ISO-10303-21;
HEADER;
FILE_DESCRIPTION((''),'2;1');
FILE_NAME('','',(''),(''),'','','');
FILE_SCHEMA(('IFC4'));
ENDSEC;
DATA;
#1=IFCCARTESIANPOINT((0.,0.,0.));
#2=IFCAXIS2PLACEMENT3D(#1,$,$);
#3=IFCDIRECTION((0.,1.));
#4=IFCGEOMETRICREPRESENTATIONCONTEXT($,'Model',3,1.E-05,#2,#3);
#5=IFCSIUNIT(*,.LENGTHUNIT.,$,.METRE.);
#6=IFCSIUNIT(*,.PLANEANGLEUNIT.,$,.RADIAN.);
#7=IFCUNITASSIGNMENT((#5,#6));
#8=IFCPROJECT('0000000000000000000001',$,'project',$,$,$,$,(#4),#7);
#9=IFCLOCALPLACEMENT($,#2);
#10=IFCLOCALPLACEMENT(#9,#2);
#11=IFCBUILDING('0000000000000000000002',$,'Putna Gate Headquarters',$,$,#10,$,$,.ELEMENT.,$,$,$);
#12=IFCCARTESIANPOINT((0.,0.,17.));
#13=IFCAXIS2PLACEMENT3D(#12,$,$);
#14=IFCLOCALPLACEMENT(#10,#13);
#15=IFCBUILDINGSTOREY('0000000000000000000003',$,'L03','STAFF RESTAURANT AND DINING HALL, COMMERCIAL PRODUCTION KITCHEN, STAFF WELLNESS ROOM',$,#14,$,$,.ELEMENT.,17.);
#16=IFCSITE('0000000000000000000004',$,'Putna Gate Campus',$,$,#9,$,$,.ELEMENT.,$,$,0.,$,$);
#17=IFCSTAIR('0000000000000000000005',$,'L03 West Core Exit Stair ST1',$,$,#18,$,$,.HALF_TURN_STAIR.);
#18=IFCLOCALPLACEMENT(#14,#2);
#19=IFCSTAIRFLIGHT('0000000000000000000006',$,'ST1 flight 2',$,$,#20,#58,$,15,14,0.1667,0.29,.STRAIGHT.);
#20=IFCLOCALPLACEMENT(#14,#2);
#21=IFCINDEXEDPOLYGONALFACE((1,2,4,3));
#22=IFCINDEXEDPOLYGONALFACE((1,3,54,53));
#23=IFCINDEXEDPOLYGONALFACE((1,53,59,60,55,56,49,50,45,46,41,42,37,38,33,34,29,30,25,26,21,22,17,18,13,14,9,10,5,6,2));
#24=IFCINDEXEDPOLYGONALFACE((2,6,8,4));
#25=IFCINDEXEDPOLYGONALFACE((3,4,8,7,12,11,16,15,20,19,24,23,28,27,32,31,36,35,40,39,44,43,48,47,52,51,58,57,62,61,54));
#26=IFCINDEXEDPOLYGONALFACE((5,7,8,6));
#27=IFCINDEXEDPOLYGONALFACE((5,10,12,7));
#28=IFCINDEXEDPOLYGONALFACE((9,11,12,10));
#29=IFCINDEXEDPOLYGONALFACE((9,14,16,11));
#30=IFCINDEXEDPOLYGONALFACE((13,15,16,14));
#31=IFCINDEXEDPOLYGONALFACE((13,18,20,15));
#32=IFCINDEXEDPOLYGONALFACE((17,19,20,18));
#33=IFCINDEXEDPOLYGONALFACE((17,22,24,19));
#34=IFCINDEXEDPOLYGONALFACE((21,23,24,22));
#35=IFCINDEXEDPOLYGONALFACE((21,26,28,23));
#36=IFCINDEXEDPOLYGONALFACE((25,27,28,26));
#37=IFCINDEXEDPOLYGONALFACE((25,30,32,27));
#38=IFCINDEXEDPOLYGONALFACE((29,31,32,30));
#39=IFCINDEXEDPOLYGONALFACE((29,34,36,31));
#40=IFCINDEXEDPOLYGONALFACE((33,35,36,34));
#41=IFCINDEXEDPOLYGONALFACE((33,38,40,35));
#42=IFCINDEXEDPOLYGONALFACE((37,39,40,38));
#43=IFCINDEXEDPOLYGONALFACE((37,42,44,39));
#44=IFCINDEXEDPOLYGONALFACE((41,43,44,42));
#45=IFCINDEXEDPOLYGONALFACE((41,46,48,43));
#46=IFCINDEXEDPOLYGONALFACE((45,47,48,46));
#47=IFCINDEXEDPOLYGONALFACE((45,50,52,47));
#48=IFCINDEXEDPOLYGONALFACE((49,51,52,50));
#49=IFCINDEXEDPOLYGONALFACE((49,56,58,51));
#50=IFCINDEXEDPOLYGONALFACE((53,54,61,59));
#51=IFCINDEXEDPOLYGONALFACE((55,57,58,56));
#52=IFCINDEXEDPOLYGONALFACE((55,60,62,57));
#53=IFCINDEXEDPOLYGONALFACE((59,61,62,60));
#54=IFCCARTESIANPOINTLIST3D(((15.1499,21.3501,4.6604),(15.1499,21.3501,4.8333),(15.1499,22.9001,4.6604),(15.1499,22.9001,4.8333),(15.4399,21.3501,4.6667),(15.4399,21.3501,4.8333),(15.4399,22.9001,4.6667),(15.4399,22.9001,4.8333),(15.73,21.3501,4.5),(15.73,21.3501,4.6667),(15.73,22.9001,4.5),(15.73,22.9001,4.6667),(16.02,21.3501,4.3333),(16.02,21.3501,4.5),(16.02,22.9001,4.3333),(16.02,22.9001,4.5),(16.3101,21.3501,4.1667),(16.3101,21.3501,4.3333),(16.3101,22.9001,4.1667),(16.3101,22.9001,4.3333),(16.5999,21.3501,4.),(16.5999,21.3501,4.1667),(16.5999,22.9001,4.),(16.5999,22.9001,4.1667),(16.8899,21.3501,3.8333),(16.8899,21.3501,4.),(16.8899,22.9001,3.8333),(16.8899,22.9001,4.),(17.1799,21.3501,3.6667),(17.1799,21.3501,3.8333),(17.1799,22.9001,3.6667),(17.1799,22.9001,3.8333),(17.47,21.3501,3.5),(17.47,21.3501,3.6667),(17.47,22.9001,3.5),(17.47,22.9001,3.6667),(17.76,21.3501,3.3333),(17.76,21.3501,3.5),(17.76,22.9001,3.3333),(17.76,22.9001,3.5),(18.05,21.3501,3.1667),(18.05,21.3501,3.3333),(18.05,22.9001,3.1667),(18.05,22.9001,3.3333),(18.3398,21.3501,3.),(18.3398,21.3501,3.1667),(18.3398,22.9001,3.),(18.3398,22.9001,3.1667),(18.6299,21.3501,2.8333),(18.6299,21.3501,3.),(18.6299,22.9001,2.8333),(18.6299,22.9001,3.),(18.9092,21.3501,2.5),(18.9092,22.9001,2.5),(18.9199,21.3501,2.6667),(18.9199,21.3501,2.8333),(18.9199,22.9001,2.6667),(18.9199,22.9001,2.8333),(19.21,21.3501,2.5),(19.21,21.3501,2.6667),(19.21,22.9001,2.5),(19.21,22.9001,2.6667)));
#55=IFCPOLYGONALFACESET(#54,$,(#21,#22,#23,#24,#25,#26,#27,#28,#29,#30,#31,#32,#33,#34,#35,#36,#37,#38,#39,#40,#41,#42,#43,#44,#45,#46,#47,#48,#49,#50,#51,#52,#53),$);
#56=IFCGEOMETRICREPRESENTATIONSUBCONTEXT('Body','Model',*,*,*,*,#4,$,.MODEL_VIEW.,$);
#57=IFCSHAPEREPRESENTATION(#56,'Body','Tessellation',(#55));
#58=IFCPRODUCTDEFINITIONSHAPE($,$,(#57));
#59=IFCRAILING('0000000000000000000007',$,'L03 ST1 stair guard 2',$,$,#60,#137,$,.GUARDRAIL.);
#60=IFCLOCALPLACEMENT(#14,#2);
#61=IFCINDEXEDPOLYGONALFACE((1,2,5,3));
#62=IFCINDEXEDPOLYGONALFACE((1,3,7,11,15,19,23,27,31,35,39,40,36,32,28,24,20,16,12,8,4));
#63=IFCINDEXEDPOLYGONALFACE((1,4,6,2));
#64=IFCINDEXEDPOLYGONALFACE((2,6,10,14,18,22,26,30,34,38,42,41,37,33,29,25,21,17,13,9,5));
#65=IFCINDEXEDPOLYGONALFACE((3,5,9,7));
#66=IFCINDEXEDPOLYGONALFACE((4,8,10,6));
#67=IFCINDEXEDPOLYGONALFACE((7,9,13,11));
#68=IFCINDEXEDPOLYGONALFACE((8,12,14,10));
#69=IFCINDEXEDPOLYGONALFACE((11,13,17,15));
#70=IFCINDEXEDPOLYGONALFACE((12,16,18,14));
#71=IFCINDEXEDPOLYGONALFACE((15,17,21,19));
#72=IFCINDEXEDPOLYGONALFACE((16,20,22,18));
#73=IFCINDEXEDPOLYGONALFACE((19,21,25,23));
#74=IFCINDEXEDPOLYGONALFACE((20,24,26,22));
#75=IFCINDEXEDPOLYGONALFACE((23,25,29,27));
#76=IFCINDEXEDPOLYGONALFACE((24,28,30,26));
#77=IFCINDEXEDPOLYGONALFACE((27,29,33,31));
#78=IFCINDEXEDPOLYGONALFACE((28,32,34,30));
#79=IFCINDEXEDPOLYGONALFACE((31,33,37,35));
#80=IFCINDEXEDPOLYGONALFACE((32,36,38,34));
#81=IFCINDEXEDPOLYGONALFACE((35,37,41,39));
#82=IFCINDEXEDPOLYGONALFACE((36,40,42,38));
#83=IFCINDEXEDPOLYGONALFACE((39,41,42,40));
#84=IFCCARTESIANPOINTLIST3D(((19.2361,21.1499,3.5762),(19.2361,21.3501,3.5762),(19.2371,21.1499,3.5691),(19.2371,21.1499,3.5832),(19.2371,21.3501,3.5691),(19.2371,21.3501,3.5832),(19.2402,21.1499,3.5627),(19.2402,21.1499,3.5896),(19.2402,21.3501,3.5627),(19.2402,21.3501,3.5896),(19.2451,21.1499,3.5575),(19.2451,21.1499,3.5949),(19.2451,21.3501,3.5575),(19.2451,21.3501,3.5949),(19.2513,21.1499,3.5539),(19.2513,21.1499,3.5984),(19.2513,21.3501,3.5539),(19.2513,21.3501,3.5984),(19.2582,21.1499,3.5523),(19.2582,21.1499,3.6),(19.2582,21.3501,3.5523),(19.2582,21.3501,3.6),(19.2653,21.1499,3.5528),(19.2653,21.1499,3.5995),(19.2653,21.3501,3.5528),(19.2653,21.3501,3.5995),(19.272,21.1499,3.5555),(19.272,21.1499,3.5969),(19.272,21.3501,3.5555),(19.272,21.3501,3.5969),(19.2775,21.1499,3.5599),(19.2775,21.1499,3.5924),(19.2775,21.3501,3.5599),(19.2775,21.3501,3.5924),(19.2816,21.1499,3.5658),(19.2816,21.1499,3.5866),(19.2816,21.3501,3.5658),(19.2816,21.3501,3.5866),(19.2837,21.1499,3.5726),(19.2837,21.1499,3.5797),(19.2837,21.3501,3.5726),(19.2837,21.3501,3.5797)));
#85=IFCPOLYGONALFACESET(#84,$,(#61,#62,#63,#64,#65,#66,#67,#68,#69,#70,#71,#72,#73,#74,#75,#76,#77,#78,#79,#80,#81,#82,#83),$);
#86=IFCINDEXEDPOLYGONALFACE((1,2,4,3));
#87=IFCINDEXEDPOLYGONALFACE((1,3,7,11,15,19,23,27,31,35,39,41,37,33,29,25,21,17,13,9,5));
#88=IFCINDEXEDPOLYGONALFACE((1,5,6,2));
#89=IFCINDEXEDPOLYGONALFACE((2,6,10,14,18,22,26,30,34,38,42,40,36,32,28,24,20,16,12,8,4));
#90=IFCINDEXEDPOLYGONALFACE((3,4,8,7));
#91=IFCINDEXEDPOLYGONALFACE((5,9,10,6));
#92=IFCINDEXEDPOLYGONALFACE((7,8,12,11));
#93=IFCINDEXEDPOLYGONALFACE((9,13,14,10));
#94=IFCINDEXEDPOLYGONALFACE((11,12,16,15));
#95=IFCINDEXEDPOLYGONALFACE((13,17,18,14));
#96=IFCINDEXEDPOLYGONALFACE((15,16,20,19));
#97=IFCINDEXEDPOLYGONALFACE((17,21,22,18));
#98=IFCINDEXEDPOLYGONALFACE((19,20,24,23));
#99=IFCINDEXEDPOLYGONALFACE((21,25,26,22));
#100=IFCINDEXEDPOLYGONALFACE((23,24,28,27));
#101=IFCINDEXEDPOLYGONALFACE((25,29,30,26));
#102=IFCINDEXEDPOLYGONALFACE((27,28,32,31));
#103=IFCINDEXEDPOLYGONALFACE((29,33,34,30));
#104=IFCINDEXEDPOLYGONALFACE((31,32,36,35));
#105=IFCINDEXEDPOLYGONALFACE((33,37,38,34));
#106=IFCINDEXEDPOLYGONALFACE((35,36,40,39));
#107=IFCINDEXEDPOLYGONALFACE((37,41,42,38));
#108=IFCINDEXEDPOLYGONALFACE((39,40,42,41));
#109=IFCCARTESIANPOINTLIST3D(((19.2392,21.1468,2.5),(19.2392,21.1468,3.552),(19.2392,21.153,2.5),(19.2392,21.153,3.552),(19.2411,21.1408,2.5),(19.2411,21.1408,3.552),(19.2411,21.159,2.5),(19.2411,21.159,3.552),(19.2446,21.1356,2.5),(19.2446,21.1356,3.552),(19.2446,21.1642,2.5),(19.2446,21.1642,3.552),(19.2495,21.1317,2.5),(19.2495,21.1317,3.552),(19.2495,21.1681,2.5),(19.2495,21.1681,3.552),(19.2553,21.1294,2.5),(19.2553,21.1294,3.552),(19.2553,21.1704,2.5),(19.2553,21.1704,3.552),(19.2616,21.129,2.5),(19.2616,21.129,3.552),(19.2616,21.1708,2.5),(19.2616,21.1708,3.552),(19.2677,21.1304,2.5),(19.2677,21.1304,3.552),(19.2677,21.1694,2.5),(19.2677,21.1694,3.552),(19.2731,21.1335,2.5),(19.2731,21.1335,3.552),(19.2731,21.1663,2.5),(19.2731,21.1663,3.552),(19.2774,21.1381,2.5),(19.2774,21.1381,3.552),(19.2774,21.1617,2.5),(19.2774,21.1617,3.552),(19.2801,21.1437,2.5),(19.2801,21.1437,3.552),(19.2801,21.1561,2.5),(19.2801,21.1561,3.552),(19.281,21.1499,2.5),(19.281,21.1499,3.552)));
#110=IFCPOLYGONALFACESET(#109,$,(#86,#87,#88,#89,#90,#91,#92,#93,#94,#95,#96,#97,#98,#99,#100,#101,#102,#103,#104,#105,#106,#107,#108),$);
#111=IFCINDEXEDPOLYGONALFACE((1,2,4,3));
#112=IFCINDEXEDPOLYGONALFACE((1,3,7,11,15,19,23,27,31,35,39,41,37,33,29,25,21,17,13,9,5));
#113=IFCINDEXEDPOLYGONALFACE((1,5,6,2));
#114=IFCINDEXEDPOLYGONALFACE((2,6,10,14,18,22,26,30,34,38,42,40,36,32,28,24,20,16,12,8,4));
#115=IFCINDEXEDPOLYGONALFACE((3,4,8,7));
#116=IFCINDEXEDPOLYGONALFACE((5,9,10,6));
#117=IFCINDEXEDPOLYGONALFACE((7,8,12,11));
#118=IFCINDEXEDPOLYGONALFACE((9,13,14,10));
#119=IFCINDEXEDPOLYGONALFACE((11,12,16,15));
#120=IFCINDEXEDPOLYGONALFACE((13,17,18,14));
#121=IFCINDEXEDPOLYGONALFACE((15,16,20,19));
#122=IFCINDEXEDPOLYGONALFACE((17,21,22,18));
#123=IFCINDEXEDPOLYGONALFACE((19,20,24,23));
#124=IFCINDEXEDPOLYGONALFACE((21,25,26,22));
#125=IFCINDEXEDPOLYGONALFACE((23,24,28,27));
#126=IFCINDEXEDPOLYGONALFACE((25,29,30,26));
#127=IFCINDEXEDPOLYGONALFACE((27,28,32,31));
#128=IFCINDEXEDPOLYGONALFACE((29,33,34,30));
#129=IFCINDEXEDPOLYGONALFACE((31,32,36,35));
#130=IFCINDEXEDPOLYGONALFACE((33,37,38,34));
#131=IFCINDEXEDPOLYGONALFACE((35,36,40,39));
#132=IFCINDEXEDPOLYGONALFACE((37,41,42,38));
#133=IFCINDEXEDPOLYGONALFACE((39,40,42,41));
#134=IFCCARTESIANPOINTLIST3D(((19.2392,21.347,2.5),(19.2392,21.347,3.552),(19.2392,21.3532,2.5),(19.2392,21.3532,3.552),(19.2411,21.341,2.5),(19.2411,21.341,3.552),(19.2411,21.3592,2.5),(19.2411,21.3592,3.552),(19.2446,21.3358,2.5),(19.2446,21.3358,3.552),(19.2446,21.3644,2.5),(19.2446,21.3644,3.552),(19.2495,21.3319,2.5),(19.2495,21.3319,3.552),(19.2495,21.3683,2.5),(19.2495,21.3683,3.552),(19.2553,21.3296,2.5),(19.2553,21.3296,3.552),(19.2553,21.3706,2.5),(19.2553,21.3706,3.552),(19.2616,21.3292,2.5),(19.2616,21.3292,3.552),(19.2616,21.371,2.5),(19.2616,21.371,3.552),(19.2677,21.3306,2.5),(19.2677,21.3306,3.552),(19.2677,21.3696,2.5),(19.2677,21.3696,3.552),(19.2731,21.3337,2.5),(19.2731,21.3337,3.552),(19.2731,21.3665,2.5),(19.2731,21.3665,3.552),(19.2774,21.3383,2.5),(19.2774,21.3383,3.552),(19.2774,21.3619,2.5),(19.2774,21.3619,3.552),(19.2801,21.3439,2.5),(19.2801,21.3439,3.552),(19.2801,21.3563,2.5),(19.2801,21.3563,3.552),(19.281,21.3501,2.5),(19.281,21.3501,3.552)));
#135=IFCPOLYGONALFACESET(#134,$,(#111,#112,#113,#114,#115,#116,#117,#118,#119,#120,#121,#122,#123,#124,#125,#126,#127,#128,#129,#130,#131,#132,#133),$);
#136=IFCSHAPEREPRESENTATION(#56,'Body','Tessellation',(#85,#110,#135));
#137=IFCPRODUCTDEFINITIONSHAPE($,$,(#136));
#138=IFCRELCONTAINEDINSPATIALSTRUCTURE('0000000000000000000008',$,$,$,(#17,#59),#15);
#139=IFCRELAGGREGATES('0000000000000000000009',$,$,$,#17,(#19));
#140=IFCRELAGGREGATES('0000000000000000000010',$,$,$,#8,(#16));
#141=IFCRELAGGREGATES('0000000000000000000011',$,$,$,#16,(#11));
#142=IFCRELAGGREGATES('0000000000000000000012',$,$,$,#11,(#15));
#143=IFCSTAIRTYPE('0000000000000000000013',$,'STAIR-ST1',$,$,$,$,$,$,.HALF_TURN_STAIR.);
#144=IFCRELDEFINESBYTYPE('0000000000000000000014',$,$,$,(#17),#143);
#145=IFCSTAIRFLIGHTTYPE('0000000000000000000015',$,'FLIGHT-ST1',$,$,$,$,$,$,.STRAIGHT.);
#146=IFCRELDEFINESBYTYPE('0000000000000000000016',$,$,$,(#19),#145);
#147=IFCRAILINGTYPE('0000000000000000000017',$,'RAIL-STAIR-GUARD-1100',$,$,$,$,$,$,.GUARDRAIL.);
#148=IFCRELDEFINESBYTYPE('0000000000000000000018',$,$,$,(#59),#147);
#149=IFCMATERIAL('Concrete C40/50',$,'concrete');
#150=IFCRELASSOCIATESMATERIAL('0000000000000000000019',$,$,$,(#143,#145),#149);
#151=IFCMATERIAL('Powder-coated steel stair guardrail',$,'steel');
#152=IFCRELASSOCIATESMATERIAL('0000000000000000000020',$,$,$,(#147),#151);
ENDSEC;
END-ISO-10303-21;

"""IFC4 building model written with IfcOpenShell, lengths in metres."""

from ifc_helpers import new_model, si_unit, direction, frame, origin, origin_2d, place, context, subcontext, project, spatial, polyline, circle, outline, extrude, material, type_object, element, aggregate, save


model = new_model("IFC4")

# Units and contexts
model_context = context("Model", 3, precision=1e-05, world=origin(), true_north=direction((0.0, 1.0)))
body_context = subcontext(model_context, "Body", "Model", "MODEL_VIEW")
ifc_project = project(units=[si_unit("LENGTHUNIT", "METRE"), si_unit("PLANEANGLEUNIT", "RADIAN")], contexts=[model_context])

# Site, building, storey
site_placement = place(None, origin())
site = spatial("IfcSite", under=ifc_project, at=site_placement, Name="Putna Gate Campus", CompositionType="ELEMENT", RefElevation=0.0)
building_placement = place(site_placement, origin())
building = spatial("IfcBuilding", under=site, at=building_placement, Name="Putna Gate Headquarters", CompositionType="ELEMENT")
storey_placement = place(building_placement, frame((0.0, 0.0, 17.0)))
storey = spatial("IfcBuildingStorey", under=building, at=storey_placement, Name="L03", Description="STAFF RESTAURANT AND DINING HALL, COMMERCIAL PRODUCTION KITCHEN, STAFF WELLNESS ROOM", CompositionType="ELEMENT", Elevation=17.0)

# Shared definitions
ifc_material_1 = material(Name="Concrete C40/50", Category="concrete")

# Stair, stair flight
stair_type = type_object("IfcStairType", Name="STAIR-ST1", PredefinedType="HALF_TURN_STAIR", material=ifc_material_1)
stair_placement = place(storey_placement, origin())
stair = element("IfcStair", 1, at=stair_placement, inside=storey, type_object=stair_type, Name="L03 West Core Exit Stair ST1", PredefinedType="HALF_TURN_STAIR")
stair_flight_type = type_object("IfcStairFlightType", Name="FLIGHT-ST1", PredefinedType="STRAIGHT", material=ifc_material_1)
stair_flight_placement = place(storey_placement, frame((19.21, 22.125, 2.5), z_axis=(0.0, 0.0, 1.0), x_axis=(-1.0, 0.0, 0.0)))
stair_flight = element("IfcStairFlight", 2, at=stair_flight_placement, type_object=stair_flight_type, Name="ST1 flight 2", NumberOfRisers=15, NumberOfTreads=14, PredefinedType="STRAIGHT", RiserHeight=0.1667, TreadLength=0.29, context=body_context, shape_type="SweptSolid", body=[
    extrude(outline(polyline([(0.0, 0.0), (0.0, 0.1667), (0.29, 0.1667), (0.29, 0.3333), (0.5801, 0.3333), (0.5801, 0.5), (0.8701, 0.5), (0.8701, 0.6667), (1.1599, 0.6667), (1.1599, 0.8333), (1.45, 0.8333), (1.45, 1.0), (1.74, 1.0), (1.74, 1.1667), (2.03, 1.1667), (2.03, 1.3333), (2.3201, 1.3333), (2.3201, 1.5), (2.6101, 1.5), (2.6101, 1.6667), (2.8999, 1.6667), (2.8999, 1.8333), (3.1899, 1.8333), (3.1899, 2.0), (3.48, 2.0), (3.48, 2.1667), (3.77, 2.1667), (3.77, 2.3333), (4.0601, 2.3333), (4.0601, 2.5), (4.0601, 2.1604), (0.3008, 0.0), (0.0, 0.0)])), frame((0.0, 0.7749, 0.0), z_axis=(0.0, -1.0, 0.0), x_axis=(1.0, 0.0, 0.0)), (0.0, 0.0, 1.0), 1.55),
])
aggregate(stair, [stair_flight])

# Railing
ifc_material_2 = material(Name="Powder-coated steel stair guardrail", Category="steel")
railing_type_1 = type_object("IfcRailingType", Name="RAIL-STAIR-GUARD-1100", PredefinedType="GUARDRAIL", material=ifc_material_2)
railing_1_placement = place(storey_placement, frame((19.26, 21.1499, 2.5)))
element("IfcRailing", 3, at=railing_1_placement, inside=storey, type_object=railing_type_1, Name="L03 ST1 stair guard 2", PredefinedType="GUARDRAIL", context=body_context, shape_type="SweptSolid", body=[
    extrude(circle(Radius=0.0239, at=origin_2d()), frame((0.0, 0.0, 1.0762), z_axis=(0.0, 1.0, 0.0), x_axis=(-1.0, 0.0, 0.0)), (0.0, 0.0, 1.0), 0.2002),
    extrude(circle(Radius=0.021, at=origin_2d()), origin(), (0.0, 0.0, 1.0), 1.052),
    extrude(circle(Radius=0.021, at=origin_2d()), frame((0.0, 0.2002, 0.0)), (0.0, 0.0, 1.0), 1.052),
])

save(model, "model.ifc")
